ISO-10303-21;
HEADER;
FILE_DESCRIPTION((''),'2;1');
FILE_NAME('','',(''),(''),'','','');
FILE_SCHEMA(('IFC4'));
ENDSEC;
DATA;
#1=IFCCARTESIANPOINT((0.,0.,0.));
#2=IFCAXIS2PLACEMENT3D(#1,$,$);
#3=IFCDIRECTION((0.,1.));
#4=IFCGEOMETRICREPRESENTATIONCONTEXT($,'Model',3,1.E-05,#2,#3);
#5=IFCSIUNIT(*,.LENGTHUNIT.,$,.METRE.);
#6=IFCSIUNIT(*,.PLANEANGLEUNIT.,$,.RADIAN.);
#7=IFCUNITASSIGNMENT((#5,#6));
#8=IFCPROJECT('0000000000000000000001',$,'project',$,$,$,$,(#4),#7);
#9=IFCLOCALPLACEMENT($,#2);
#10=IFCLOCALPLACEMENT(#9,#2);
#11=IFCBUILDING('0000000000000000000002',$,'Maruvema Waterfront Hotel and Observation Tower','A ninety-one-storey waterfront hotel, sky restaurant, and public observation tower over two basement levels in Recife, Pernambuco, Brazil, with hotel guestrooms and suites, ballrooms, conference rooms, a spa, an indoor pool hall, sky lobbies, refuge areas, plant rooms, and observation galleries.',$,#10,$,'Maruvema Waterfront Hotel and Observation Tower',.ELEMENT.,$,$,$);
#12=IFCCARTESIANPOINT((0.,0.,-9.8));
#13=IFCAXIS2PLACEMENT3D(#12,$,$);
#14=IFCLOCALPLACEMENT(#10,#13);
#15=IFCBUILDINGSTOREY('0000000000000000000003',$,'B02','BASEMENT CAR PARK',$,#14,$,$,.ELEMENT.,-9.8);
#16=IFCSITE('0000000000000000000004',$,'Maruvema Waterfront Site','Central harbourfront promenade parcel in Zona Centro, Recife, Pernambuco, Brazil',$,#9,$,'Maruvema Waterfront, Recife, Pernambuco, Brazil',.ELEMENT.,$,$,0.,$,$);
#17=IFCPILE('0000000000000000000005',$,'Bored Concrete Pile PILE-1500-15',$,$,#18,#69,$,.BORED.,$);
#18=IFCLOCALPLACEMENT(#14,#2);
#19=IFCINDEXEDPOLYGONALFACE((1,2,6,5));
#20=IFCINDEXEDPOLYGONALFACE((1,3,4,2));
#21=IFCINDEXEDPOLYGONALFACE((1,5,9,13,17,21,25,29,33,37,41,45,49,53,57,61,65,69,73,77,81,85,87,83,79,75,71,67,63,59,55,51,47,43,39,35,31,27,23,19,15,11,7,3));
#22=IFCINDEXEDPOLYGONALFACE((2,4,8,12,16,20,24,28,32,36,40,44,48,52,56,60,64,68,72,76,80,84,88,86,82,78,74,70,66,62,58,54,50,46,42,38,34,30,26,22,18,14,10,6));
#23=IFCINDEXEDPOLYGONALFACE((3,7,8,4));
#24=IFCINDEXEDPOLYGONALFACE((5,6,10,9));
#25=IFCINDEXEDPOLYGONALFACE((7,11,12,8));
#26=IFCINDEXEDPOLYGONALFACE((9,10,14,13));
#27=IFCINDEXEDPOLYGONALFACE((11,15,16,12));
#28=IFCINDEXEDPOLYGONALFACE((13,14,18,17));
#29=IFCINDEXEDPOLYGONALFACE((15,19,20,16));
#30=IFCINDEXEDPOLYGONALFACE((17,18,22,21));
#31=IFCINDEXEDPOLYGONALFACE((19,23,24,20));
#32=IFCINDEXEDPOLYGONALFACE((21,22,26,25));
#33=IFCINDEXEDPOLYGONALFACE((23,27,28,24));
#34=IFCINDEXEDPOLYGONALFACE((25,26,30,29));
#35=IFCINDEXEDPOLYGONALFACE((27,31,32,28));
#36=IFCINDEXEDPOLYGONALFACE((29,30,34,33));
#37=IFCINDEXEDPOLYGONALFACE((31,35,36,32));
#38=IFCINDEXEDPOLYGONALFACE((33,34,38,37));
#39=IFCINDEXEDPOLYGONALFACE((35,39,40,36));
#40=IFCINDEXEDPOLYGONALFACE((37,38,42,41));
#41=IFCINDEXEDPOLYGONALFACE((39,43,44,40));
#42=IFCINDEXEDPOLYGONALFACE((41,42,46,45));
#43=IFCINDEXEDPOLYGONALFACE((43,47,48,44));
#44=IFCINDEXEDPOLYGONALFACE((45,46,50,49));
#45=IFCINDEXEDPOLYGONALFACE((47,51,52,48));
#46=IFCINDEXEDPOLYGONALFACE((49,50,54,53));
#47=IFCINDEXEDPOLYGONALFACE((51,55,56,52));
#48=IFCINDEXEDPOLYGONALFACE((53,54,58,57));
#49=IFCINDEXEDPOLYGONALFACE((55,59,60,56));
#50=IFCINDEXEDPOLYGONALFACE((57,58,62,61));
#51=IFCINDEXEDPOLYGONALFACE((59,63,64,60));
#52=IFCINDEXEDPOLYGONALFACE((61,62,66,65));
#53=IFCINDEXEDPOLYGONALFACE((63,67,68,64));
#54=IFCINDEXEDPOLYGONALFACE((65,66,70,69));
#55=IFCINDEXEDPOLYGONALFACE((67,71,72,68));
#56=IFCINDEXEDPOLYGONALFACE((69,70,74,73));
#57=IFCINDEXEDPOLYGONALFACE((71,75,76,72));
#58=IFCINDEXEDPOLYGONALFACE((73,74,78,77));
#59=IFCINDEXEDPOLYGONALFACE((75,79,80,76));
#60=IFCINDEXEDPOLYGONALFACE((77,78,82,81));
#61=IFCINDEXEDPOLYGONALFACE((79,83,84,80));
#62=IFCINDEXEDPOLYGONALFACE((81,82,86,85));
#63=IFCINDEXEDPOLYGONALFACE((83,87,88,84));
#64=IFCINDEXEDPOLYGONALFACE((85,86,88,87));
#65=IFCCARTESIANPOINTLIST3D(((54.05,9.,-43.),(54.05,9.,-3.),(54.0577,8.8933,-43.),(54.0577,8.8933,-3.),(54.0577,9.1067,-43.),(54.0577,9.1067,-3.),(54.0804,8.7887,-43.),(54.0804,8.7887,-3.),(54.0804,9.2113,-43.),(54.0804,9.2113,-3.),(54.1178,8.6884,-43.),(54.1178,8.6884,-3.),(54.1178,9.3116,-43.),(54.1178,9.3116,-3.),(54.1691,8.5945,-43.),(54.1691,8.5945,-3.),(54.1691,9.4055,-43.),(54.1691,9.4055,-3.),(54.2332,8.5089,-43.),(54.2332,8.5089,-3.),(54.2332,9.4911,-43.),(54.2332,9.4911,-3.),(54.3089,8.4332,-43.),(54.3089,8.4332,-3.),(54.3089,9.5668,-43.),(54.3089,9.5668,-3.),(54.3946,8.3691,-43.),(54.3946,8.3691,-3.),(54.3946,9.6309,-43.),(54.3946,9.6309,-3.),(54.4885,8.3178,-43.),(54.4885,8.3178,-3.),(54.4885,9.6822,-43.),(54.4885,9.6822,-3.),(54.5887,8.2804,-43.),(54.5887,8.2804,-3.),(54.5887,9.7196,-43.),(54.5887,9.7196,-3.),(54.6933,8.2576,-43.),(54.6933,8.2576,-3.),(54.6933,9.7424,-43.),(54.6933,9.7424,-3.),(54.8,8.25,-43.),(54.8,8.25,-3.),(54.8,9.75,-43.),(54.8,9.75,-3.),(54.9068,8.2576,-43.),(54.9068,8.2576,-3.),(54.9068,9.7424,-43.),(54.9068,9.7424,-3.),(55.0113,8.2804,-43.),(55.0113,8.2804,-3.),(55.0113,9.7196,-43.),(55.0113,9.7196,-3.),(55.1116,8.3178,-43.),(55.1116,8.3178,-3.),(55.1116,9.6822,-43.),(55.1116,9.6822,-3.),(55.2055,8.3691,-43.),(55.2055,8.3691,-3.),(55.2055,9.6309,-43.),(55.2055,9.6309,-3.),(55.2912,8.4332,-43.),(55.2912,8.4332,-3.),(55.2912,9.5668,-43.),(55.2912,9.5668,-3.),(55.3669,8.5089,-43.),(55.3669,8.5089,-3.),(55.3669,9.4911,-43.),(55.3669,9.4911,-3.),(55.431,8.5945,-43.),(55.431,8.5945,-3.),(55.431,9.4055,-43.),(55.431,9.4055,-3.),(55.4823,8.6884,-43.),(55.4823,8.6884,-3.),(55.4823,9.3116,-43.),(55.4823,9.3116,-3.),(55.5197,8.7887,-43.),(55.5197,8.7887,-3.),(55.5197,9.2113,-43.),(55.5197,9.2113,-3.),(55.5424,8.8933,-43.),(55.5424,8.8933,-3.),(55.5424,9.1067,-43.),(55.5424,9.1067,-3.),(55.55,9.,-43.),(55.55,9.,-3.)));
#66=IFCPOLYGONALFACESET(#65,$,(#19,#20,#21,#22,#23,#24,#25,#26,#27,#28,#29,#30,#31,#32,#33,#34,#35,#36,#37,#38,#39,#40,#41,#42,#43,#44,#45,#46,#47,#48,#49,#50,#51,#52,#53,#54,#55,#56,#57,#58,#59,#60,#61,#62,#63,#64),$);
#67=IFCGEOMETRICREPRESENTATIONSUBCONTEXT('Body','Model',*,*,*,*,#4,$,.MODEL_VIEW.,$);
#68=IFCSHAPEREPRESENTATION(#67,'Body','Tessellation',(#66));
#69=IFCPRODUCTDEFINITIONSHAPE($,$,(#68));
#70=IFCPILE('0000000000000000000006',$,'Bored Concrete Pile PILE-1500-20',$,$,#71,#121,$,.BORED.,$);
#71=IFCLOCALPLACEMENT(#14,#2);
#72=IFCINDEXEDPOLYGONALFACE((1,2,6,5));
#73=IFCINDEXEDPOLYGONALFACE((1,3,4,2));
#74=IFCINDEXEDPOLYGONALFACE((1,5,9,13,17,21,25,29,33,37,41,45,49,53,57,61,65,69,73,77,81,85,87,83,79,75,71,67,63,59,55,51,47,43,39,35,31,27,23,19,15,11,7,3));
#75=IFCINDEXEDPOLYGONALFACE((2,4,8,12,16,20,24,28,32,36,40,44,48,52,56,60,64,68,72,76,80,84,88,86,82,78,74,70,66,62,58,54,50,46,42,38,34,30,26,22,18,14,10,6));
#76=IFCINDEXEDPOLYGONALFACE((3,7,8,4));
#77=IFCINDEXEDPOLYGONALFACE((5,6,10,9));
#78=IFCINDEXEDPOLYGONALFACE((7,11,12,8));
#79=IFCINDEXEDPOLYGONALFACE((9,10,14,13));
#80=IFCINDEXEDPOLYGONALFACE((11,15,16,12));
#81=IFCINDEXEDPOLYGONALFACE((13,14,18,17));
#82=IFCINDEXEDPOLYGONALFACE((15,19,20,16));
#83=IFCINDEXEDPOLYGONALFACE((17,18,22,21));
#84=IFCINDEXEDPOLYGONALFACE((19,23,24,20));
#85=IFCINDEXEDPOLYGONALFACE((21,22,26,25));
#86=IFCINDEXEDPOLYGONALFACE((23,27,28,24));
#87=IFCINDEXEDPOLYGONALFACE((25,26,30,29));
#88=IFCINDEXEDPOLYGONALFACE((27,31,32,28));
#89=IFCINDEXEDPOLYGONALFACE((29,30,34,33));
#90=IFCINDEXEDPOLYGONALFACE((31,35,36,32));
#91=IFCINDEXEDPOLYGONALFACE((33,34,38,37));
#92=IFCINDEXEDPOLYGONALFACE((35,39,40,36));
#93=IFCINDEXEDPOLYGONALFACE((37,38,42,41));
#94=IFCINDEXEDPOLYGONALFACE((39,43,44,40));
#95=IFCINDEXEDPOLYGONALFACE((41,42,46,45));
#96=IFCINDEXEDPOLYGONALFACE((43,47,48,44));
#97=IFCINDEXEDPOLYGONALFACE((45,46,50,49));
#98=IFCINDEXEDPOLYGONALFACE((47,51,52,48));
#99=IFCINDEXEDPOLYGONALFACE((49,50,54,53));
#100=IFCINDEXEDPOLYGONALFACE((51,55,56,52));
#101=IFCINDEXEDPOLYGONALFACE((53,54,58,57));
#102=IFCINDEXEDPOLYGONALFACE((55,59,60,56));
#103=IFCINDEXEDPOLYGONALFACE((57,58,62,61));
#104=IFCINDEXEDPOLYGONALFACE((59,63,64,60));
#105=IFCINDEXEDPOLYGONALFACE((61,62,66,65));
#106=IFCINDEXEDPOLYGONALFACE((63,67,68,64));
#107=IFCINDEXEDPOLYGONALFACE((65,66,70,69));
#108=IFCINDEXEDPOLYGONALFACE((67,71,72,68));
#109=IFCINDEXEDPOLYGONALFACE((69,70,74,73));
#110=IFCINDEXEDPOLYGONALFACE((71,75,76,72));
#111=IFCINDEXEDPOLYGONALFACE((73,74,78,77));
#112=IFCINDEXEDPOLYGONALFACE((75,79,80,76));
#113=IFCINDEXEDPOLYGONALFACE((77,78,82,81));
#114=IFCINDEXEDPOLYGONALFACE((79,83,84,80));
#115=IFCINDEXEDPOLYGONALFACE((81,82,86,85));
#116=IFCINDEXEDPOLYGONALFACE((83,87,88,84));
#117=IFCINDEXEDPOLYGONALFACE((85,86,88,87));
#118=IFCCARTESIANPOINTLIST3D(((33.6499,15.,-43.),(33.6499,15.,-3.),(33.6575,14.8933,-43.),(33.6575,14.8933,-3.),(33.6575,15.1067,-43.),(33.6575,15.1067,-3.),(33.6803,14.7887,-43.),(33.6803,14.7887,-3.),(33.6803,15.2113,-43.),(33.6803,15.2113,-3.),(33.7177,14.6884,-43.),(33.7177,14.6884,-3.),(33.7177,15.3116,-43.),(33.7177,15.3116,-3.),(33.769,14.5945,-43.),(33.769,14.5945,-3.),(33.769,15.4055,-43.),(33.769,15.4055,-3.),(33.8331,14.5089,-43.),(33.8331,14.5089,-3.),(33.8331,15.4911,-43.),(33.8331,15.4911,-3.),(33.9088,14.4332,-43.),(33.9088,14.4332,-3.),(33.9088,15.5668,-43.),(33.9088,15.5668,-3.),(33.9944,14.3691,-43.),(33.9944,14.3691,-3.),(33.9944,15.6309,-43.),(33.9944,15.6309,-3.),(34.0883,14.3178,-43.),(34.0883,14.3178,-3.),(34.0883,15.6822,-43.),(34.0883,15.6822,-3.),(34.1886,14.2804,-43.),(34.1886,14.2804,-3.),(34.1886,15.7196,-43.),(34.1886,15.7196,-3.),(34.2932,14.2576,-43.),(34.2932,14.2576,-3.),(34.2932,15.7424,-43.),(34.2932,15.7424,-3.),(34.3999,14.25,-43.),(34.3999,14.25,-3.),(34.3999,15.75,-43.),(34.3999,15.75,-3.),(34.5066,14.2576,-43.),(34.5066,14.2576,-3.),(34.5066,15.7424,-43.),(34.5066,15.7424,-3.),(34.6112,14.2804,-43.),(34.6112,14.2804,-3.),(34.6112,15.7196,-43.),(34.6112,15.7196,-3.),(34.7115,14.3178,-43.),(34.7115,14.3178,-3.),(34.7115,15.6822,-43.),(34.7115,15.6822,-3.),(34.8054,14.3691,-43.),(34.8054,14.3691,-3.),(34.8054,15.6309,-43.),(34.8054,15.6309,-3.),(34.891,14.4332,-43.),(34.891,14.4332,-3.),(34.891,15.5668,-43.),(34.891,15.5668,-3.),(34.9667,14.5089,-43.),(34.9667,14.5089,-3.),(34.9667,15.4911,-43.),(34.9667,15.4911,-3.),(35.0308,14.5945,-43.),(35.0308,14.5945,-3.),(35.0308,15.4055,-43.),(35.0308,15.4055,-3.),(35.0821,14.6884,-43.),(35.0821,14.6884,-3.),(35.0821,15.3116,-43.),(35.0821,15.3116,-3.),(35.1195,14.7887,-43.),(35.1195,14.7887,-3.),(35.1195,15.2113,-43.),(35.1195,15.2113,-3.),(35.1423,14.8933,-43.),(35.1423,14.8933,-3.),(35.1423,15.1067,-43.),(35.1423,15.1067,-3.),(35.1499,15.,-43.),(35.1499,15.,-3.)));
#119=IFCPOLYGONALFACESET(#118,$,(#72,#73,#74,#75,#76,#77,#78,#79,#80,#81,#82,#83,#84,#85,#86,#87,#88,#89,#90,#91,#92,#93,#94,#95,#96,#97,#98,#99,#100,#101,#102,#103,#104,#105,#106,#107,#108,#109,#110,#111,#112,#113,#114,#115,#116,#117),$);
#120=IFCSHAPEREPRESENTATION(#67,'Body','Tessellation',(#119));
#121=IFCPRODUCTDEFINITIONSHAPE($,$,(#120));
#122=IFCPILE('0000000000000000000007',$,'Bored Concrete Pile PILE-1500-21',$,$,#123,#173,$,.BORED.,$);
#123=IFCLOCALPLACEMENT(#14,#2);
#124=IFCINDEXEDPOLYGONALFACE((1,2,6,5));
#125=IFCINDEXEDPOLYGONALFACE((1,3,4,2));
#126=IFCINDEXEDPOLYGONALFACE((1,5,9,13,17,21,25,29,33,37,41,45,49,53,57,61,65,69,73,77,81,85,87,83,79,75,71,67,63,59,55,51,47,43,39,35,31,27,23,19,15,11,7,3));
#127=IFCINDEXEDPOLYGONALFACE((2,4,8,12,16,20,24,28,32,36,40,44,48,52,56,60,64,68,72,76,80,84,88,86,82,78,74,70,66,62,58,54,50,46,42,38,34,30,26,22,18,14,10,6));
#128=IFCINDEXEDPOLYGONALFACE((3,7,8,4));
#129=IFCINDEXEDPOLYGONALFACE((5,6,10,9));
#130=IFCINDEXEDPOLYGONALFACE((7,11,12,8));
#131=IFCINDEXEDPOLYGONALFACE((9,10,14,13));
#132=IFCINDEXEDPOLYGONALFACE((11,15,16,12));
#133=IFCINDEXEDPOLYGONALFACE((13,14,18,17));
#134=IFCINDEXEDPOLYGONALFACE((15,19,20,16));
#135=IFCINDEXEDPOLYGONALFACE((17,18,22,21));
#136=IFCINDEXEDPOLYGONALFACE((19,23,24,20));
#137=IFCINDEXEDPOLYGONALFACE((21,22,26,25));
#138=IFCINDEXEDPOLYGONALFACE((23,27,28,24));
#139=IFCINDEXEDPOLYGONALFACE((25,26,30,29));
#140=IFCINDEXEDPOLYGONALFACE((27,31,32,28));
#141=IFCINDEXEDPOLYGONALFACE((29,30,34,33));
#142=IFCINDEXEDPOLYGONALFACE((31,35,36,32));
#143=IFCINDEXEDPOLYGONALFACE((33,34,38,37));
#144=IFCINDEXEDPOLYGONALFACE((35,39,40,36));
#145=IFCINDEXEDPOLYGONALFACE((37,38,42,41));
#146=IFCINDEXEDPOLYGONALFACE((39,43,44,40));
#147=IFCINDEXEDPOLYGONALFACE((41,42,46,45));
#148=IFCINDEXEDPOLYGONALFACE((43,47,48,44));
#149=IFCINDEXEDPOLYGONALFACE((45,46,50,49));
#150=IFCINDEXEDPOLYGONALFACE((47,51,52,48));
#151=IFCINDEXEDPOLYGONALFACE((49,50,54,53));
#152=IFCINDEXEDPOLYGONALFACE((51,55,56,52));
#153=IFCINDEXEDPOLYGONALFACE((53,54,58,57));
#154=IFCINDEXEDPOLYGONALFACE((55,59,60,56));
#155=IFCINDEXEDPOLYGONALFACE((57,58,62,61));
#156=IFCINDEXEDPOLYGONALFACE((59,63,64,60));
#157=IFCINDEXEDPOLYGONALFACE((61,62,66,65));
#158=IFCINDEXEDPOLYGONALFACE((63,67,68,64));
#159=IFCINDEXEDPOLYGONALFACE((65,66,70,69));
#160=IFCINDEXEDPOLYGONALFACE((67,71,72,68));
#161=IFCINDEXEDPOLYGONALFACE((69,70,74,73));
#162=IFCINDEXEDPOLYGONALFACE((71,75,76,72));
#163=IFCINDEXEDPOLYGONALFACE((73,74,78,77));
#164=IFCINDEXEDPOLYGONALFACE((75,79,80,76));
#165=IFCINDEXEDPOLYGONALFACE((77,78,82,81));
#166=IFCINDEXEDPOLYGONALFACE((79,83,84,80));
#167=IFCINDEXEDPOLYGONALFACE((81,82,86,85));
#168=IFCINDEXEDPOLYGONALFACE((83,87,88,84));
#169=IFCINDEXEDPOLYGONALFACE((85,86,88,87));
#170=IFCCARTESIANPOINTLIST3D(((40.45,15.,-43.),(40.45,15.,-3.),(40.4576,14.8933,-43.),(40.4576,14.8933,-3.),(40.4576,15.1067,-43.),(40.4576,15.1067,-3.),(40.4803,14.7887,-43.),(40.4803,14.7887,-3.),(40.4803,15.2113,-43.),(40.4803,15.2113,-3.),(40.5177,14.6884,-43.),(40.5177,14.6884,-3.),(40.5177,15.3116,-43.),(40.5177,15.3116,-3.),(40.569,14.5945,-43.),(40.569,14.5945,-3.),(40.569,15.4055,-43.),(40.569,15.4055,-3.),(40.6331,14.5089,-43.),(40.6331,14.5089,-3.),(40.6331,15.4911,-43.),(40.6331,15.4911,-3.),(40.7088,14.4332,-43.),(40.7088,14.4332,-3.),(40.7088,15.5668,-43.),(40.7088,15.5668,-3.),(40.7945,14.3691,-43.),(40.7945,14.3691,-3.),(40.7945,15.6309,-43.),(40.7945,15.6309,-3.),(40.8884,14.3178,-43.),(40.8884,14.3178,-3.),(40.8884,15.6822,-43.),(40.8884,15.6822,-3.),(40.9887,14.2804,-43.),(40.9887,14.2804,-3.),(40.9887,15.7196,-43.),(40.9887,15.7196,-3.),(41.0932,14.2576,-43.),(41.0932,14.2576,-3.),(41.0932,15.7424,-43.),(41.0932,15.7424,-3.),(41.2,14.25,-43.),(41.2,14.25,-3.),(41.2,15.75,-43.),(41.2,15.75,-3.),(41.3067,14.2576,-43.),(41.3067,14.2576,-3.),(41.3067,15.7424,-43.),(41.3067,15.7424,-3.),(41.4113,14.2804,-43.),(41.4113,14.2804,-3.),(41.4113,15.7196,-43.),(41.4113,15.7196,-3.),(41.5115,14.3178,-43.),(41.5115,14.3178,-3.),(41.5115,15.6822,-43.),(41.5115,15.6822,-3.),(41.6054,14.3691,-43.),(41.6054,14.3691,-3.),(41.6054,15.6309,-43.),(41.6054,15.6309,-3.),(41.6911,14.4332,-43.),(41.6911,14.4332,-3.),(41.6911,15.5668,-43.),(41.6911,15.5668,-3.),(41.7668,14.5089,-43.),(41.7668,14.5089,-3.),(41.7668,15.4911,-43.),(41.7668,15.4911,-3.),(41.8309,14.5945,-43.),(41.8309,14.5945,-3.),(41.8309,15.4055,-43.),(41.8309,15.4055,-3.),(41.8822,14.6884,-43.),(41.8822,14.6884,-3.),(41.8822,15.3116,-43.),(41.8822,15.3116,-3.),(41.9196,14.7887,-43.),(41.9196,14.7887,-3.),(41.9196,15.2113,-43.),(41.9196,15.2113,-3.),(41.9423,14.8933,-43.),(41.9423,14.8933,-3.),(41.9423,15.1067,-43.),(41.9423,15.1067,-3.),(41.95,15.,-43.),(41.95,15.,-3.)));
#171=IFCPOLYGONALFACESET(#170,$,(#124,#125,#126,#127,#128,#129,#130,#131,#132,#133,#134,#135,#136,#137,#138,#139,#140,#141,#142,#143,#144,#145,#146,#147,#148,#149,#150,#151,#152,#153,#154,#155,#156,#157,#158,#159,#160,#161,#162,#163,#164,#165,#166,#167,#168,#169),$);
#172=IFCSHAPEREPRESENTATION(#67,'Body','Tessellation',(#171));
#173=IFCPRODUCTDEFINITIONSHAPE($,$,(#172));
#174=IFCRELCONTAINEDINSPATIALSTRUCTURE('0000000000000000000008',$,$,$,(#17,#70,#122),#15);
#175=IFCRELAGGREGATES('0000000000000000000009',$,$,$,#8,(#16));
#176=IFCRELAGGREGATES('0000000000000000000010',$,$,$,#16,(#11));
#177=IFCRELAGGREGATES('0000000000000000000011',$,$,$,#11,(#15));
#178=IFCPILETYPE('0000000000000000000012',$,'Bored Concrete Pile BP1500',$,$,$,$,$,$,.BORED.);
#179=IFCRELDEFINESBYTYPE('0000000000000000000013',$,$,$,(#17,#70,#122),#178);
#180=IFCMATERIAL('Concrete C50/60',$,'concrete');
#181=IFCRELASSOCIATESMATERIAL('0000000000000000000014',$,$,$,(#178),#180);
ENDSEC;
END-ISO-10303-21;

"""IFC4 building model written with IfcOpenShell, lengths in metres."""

from ifc_helpers import new_model, si_unit, direction, frame, origin, origin_2d, place, context, subcontext, project, spatial, circle, extrude, material, material_profile, profile_set, type_object, element, save


model = new_model("IFC4")

# Units and contexts
model_context = context("Model", 3, precision=1e-05, world=origin(), true_north=direction((0.0, 1.0)))
body_context = subcontext(model_context, "Body", "Model", "MODEL_VIEW")
ifc_project = project(units=[si_unit("LENGTHUNIT", "METRE"), si_unit("PLANEANGLEUNIT", "RADIAN")], contexts=[model_context])

# Site, building, storey
site_placement = place(None, origin())
site = spatial("IfcSite", under=ifc_project, at=site_placement, Name="Maruvema Waterfront Site", Description="Central harbourfront promenade parcel in Zona Centro, Recife, Pernambuco, Brazil", LongName="Maruvema Waterfront, Recife, Pernambuco, Brazil", CompositionType="ELEMENT", RefElevation=0.0)
building_placement = place(site_placement, origin())
building = spatial("IfcBuilding", under=site, at=building_placement, Name="Maruvema Waterfront Hotel and Observation Tower", Description="A ninety-one-storey waterfront hotel, sky restaurant, and public observation tower over two basement levels in Recife, Pernambuco, Brazil, with hotel guestrooms and suites, ballrooms, conference rooms, a spa, an indoor pool hall, sky lobbies, refuge areas, plant rooms, and observation galleries.", LongName="Maruvema Waterfront Hotel and Observation Tower", CompositionType="ELEMENT")
storey_placement = place(building_placement, frame((0.0, 0.0, -9.8)))
storey = spatial("IfcBuildingStorey", under=building, at=storey_placement, Name="B02", Description="BASEMENT CAR PARK", CompositionType="ELEMENT", Elevation=-9.8)

# Piles
ifc_material_1 = material(Name="Concrete C50/60", Category="concrete")
ifc_material_profile_1 = material_profile(ifc_material_1, circle(Radius=0.75, at=origin_2d()), Name="BP1500")
ifc_profile_set_1 = profile_set([ifc_material_profile_1], Name="Concrete C50/60")
pile_type = type_object("IfcPileType", Name="Bored Concrete Pile BP1500", PredefinedType="BORED", material=ifc_profile_set_1)
for number, where, z_axis, x_axis, name in (
    (1, (54.8, 9.0, -3.0), (0.0, 0.0, -1.0), (1.0, 0.0, 0.0), "Bored Concrete Pile PILE-1500-15"),
    (2, (34.3999, 15.0, -3.0), (0.0, 0.0, -1.0), (1.0, 0.0, 0.0), "Bored Concrete Pile PILE-1500-20"),
    (3, (41.2, 15.0, -3.0), (0.0, 0.0, -1.0), (1.0, 0.0, 0.0), "Bored Concrete Pile PILE-1500-21"),
):
    element("IfcPile", number, at=place(storey_placement, frame(where, z_axis=z_axis, x_axis=x_axis)), inside=storey, type_object=pile_type, Name=name, PredefinedType="BORED", context=body_context, shape_type="SweptSolid", body=[
        extrude(circle(Radius=0.75, at=origin_2d()), origin(), (0.0, 0.0, 1.0), 40.0),
    ])

save(model, "model.ifc")
